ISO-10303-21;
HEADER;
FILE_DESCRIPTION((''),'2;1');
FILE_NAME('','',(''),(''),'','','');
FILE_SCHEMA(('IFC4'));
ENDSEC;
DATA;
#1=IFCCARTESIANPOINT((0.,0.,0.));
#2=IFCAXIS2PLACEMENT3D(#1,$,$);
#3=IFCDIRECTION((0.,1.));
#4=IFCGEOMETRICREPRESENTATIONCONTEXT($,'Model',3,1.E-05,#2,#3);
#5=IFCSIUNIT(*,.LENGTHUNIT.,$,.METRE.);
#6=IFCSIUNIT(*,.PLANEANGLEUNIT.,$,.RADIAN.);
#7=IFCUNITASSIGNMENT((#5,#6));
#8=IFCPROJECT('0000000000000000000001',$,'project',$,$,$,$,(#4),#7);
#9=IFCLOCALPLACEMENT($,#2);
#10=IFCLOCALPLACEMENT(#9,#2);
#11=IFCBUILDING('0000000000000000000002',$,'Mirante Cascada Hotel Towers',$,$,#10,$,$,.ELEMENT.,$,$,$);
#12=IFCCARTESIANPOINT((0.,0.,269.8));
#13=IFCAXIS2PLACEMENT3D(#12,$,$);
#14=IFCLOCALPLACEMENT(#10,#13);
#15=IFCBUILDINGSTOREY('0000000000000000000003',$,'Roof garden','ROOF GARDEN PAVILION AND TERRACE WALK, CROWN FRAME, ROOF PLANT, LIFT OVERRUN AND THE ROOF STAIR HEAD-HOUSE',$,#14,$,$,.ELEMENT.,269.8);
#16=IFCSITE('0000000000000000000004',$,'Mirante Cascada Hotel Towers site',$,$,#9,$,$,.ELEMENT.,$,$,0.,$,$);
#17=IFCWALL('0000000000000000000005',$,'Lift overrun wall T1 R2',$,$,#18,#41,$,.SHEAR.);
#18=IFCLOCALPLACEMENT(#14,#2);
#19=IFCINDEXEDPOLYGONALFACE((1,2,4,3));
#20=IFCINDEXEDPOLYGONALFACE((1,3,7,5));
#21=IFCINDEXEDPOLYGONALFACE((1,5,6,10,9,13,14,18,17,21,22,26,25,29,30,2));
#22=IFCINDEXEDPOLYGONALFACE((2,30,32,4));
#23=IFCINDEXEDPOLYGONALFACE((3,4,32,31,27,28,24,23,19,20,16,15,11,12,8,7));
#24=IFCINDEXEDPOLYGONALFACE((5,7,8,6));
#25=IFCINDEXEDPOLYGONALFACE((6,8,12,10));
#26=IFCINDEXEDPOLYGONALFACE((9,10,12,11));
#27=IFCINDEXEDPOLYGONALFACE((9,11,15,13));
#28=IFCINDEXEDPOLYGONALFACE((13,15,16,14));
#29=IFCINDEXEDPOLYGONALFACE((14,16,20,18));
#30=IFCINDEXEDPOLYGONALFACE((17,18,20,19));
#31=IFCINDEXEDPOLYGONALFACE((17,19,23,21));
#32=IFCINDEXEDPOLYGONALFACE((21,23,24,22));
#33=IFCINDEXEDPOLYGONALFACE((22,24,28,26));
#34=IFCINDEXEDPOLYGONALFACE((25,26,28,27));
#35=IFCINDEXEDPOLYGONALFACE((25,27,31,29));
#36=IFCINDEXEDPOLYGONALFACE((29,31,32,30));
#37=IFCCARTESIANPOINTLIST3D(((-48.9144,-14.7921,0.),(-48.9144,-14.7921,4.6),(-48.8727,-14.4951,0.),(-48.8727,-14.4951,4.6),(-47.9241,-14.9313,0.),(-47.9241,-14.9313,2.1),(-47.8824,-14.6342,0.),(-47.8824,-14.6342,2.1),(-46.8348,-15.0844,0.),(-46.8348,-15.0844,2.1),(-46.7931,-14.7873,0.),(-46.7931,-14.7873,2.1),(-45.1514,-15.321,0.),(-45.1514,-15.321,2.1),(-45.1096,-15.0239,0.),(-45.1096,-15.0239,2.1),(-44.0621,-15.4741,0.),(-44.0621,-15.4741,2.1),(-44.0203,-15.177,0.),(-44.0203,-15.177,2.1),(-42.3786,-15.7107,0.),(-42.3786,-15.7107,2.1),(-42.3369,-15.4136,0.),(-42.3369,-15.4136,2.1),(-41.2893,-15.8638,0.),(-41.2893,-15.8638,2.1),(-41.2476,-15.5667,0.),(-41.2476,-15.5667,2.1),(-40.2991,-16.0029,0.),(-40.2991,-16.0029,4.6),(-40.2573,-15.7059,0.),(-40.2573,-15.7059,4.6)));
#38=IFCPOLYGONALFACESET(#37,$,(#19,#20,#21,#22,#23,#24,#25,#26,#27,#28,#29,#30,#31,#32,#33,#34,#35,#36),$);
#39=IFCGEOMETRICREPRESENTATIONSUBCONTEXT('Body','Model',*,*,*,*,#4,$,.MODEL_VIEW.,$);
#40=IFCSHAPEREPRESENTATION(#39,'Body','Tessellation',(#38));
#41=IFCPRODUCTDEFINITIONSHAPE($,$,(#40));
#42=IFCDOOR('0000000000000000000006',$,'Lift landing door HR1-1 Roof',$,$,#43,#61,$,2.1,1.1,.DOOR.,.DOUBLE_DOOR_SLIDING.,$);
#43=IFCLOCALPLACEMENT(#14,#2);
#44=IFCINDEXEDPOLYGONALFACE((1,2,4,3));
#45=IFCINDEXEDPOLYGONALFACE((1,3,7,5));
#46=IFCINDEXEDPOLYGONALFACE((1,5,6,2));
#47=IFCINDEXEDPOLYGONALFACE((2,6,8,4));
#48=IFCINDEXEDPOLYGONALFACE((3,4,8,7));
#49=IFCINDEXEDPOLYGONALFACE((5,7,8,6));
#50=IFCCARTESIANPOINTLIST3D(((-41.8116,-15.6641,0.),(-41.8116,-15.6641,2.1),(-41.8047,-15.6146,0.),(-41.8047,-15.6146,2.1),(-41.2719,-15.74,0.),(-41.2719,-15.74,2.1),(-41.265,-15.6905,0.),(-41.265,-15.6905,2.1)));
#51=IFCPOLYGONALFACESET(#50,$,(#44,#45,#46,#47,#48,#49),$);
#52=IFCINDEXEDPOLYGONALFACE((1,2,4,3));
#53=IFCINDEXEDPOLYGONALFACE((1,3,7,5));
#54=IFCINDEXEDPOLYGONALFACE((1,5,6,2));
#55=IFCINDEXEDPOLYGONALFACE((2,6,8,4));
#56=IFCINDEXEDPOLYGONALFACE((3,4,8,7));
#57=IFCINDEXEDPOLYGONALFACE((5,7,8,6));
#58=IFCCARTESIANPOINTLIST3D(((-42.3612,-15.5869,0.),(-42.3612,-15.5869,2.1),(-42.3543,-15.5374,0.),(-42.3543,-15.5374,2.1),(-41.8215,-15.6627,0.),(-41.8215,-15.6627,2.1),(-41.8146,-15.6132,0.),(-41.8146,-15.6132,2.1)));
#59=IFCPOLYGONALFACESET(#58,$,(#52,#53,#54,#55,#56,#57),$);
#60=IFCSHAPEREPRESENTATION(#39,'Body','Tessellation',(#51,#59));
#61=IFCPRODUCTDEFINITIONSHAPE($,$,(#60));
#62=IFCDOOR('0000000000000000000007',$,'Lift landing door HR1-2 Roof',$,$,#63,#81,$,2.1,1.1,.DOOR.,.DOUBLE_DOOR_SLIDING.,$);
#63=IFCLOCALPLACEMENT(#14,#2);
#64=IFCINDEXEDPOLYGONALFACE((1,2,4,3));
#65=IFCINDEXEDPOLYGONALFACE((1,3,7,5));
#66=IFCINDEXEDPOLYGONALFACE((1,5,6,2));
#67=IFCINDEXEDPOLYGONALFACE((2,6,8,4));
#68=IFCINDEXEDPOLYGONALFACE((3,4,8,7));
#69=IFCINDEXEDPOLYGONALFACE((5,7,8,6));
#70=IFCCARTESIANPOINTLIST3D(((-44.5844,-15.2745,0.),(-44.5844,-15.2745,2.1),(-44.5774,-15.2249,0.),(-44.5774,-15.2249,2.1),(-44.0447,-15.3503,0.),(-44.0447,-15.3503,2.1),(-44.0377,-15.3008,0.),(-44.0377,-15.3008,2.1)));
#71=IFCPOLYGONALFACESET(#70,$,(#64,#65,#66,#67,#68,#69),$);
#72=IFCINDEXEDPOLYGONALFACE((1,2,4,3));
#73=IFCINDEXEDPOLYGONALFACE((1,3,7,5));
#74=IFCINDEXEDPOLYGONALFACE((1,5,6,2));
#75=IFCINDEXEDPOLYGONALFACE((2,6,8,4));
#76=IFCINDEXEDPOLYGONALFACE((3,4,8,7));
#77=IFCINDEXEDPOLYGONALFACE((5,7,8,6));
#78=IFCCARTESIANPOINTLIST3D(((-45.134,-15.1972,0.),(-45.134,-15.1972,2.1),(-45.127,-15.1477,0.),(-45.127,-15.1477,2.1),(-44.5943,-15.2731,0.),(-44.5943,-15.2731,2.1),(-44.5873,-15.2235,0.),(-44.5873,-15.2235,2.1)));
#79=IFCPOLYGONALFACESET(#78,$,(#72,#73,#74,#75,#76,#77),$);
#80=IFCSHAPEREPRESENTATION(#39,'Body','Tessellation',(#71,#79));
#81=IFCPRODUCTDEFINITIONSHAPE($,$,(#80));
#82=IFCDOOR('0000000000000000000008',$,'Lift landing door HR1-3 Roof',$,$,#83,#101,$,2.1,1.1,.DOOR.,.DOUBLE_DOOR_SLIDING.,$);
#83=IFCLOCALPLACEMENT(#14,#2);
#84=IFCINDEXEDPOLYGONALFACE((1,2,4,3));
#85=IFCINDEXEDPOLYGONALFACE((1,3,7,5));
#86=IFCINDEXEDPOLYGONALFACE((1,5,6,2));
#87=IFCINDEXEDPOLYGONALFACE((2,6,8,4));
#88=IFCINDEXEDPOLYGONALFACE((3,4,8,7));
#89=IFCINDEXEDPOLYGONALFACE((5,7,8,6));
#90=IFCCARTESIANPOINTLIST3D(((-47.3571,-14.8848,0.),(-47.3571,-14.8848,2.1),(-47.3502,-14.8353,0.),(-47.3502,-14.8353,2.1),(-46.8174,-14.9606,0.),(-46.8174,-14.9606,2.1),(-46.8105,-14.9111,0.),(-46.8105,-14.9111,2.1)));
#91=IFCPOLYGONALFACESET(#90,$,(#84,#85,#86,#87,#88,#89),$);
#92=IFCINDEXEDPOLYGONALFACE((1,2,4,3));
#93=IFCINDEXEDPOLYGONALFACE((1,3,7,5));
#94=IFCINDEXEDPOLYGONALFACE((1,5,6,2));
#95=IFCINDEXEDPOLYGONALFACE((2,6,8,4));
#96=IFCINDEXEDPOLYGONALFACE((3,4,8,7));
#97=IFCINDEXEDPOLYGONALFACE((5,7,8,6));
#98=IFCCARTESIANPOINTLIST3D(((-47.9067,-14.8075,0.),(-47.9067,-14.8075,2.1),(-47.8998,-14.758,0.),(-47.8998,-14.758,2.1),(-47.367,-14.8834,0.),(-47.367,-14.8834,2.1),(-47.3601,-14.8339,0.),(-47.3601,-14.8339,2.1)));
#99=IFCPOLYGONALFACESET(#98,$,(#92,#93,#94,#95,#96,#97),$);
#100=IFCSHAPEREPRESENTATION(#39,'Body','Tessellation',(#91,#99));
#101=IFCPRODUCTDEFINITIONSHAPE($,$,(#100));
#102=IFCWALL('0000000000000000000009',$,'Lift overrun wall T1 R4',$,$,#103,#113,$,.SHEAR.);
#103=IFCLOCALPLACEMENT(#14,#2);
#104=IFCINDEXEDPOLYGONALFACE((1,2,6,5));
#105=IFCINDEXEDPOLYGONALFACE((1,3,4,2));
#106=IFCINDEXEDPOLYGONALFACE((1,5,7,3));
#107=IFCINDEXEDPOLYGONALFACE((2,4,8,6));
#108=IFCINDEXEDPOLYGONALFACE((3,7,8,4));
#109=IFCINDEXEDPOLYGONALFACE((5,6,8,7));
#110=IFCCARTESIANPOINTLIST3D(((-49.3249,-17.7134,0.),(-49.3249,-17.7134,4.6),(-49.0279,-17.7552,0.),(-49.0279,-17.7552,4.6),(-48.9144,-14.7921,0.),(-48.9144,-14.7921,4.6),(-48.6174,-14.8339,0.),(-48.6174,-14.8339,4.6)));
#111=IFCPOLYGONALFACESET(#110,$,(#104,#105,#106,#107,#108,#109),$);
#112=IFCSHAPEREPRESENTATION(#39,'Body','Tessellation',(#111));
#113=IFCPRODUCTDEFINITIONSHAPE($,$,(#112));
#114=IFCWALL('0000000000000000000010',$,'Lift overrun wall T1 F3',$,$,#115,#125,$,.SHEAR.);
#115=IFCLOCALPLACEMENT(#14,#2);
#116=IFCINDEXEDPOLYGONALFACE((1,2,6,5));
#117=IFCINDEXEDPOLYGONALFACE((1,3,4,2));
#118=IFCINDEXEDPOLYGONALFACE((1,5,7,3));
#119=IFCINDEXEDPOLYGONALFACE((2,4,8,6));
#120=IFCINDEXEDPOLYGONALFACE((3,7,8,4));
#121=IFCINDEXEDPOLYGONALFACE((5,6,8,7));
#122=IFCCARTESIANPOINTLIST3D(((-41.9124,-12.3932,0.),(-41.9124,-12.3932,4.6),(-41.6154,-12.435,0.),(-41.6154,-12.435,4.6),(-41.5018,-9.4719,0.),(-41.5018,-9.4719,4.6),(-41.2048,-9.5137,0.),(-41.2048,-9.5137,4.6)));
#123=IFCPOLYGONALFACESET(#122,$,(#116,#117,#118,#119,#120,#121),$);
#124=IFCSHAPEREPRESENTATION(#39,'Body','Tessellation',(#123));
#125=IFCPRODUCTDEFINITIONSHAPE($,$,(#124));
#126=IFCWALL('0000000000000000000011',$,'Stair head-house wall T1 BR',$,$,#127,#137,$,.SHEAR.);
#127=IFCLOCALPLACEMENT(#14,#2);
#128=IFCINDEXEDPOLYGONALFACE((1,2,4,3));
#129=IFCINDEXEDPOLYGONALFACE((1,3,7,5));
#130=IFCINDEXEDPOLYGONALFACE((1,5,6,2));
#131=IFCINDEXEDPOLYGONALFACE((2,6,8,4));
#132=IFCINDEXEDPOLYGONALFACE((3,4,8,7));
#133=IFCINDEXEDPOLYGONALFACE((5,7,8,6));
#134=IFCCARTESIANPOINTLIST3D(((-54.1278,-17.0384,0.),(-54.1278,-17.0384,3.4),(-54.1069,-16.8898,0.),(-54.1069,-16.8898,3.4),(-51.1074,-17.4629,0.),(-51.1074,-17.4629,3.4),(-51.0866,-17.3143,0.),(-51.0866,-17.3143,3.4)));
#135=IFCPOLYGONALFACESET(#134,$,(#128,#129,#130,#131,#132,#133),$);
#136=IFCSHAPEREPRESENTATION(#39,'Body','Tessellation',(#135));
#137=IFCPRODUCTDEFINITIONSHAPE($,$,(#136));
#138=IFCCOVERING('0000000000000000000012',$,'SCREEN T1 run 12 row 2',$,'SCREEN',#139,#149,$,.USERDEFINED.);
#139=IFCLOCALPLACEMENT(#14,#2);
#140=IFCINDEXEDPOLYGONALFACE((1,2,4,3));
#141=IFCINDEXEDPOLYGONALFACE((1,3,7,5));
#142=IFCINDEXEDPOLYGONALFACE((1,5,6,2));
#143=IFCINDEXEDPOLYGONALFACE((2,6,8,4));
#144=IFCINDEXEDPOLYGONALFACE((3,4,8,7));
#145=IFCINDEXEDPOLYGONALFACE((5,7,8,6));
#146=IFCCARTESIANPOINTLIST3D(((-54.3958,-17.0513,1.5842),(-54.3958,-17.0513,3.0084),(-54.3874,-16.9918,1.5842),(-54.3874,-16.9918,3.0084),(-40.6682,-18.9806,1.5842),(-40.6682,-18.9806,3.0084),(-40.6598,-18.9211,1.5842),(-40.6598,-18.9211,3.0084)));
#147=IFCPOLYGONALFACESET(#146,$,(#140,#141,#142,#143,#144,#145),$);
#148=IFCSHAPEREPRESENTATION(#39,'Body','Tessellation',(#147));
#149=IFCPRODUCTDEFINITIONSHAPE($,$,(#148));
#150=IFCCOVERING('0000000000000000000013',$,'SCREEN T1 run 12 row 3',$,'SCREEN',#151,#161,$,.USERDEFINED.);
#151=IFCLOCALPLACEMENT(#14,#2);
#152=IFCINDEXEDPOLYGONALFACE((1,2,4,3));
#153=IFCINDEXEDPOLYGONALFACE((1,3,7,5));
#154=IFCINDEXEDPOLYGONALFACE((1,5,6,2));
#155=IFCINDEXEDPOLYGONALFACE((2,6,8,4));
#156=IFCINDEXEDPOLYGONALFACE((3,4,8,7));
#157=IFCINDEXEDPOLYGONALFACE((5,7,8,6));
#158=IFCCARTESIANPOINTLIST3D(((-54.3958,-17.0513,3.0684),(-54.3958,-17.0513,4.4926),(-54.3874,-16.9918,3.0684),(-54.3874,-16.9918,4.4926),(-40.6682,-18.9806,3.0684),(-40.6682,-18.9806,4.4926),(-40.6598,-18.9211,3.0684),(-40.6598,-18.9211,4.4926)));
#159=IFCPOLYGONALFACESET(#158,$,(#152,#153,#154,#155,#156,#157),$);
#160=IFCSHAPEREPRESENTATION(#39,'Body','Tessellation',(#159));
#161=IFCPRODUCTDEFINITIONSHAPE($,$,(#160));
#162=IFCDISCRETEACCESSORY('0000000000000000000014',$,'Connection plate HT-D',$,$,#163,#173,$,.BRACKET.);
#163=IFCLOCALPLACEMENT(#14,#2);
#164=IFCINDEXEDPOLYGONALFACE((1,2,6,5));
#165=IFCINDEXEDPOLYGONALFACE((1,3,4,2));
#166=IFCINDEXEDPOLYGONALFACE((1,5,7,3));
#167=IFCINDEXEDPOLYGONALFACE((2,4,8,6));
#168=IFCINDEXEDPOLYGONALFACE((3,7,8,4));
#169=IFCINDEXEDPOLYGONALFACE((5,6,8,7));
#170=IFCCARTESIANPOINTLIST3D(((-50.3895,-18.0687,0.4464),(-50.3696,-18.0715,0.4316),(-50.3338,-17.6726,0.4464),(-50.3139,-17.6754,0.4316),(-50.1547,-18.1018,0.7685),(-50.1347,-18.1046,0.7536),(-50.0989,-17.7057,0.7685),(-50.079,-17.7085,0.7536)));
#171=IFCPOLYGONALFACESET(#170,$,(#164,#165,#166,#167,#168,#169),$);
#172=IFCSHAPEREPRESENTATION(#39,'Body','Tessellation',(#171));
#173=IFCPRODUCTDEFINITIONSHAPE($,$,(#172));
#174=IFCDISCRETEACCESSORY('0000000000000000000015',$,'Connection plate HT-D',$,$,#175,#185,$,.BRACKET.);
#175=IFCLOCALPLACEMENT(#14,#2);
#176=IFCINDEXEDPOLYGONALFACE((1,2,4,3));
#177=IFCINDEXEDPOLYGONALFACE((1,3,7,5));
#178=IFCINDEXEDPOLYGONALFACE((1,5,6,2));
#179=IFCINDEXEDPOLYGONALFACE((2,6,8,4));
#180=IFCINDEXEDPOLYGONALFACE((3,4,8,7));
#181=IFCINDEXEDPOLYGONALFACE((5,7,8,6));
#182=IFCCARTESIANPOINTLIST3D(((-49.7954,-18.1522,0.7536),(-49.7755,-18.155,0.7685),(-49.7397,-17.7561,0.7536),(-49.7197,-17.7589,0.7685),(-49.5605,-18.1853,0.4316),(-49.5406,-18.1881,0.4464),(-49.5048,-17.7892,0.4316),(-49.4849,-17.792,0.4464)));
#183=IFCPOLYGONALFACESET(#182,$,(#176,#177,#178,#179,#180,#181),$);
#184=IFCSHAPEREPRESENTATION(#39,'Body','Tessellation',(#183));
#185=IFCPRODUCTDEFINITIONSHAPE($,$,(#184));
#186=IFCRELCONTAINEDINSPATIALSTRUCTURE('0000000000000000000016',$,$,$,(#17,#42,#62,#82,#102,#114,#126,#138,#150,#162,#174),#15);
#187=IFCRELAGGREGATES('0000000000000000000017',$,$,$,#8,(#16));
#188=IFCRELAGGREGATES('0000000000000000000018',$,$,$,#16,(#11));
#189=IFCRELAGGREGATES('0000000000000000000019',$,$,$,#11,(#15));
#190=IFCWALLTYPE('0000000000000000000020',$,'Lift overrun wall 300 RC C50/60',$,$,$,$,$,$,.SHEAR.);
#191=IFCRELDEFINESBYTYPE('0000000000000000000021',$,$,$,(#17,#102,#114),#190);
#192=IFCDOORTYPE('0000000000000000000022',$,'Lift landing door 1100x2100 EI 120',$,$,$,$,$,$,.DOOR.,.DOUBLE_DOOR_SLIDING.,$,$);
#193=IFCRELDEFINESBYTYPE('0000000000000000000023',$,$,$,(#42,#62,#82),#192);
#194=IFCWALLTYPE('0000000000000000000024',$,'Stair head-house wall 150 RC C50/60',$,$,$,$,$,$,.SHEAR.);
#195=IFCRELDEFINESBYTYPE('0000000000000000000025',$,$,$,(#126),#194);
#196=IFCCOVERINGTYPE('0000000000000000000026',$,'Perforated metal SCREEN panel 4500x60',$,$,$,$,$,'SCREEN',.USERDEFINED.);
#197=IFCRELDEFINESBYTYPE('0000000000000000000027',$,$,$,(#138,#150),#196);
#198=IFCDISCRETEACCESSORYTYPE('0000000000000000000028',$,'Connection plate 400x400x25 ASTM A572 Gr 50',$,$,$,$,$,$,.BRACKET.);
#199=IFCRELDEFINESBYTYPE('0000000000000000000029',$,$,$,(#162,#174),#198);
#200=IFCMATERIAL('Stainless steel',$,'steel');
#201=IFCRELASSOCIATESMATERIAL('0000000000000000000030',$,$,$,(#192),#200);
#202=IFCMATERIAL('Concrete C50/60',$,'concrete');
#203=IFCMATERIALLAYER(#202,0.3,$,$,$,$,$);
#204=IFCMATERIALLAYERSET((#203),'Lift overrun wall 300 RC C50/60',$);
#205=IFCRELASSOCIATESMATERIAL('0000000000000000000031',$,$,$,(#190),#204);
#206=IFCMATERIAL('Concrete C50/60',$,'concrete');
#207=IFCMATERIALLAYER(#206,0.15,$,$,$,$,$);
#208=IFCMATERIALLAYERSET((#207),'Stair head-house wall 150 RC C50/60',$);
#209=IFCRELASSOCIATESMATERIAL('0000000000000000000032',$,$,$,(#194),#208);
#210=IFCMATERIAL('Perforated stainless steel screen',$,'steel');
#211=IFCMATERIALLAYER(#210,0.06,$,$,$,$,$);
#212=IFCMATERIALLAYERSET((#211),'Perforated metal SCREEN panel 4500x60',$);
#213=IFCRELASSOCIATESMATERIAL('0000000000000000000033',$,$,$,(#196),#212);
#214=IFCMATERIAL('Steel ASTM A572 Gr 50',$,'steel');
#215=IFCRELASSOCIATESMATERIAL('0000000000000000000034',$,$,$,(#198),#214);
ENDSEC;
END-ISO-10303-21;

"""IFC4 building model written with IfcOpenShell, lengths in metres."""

from ifc_helpers import new_model, si_unit, direction, frame, frame_2d, origin, origin_2d, place, context, subcontext, project, spatial, rectangle, extrude, material, layer, layer_set, material_profile, profile_set, type_object, element, fill, save


model = new_model("IFC4")

# Units and contexts
model_context = context("Model", 3, precision=1e-05, world=origin(), true_north=direction((0.0, 1.0)))
body_context = subcontext(model_context, "Body", "Model", "MODEL_VIEW")
ifc_project = project(units=[si_unit("LENGTHUNIT", "METRE"), si_unit("PLANEANGLEUNIT", "RADIAN")], contexts=[model_context])

# Site, building, storey
site_placement = place(None, origin())
site = spatial("IfcSite", under=ifc_project, at=site_placement, Name="Mirante Cascada Hotel Towers site", CompositionType="ELEMENT", RefElevation=0.0)
building_placement = place(site_placement, origin())
building = spatial("IfcBuilding", under=site, at=building_placement, Name="Mirante Cascada Hotel Towers", CompositionType="ELEMENT")
storey_placement = place(building_placement, frame((0.0, 0.0, 269.8)))
storey = spatial("IfcBuildingStorey", under=building, at=storey_placement, Name="Roof garden", Description="ROOF GARDEN PAVILION AND TERRACE WALK, CROWN FRAME, ROOF PLANT, LIFT OVERRUN AND THE ROOF STAIR HEAD-HOUSE", CompositionType="ELEMENT", Elevation=269.8)

# Shared definitions
ifc_material_1 = material(Name="Stainless steel", Category="steel")
door_type = type_object("IfcDoorType", Name="Lift landing door 1100x2100 EI 120", OperationType="DOUBLE_DOOR_SLIDING", PredefinedType="DOOR", material=ifc_material_1)

# Wall, openings, doors
ifc_material_2 = material(Name="Concrete C50/60", Category="concrete")
ifc_layer_1 = layer(ifc_material_2, 0.3)
ifc_layer_set_1 = layer_set([ifc_layer_1], Name="Lift overrun wall 300 RC C50/60")
wall_type_1 = type_object("IfcWallType", Name="Lift overrun wall 300 RC C50/60", PredefinedType="SHEAR", material=ifc_layer_set_1)
wall_1_placement = place(storey_placement, frame((-40.2782, -15.8544, 0.0), z_axis=(0.0, 0.0, 1.0), x_axis=(-0.990268, 0.139173, 0.0)))
wall_1 = element("IfcWall", 1, at=wall_1_placement, inside=storey, type_object=wall_type_1, Name="Lift overrun wall T1 R2", PredefinedType="SHEAR", context=body_context, shape_type="SweptSolid", body=[
    extrude(rectangle(XDim=8.7, YDim=0.3, at=frame_2d((4.35, 0.0))), origin(), (0.0, 0.0, 1.0), 4.6),
])
opening_1_placement = place(wall_1_placement, frame((1.0, 0.0, 0.0)))
opening_1 = element("IfcOpeningElement", 2, at=opening_1_placement, cuts=wall_1, PredefinedType="OPENING", context=body_context, shape_type="SweptSolid", body=[
    extrude(rectangle(XDim=1.1, YDim=2.1, at=frame_2d((0.55, 1.05))), frame((0.0, 0.15, 0.0), z_axis=(0.0, -1.0, 0.0), x_axis=(1.0, 0.0, 0.0)), (0.0, 0.0, 1.0), 0.3),
])
opening_2_placement = place(wall_1_placement, frame((3.8, 0.0, 0.0)))
opening_2 = element("IfcOpeningElement", 3, at=opening_2_placement, cuts=wall_1, PredefinedType="OPENING", context=body_context, shape_type="SweptSolid", body=[
    extrude(rectangle(XDim=1.1, YDim=2.1, at=frame_2d((0.55, 1.05))), frame((0.0, 0.15, 0.0), z_axis=(0.0, -1.0, 0.0), x_axis=(1.0, 0.0, 0.0)), (0.0, 0.0, 1.0), 0.3),
])
opening_3_placement = place(wall_1_placement, frame((6.6, 0.0, 0.0)))
opening_3 = element("IfcOpeningElement", 4, at=opening_3_placement, cuts=wall_1, PredefinedType="OPENING", context=body_context, shape_type="SweptSolid", body=[
    extrude(rectangle(XDim=1.1, YDim=2.1, at=frame_2d((0.55, 1.05))), frame((0.0, 0.15, 0.0), z_axis=(0.0, -1.0, 0.0), x_axis=(1.0, 0.0, 0.0)), (0.0, 0.0, 1.0), 0.3),
])
door_1_placement = place(opening_1_placement, origin())
door_1 = element("IfcDoor", 5, at=door_1_placement, inside=storey, type_object=door_type, Name="Lift landing door HR1-1 Roof", OperationType="DOUBLE_DOOR_SLIDING", OverallHeight=2.1, OverallWidth=1.1, PredefinedType="DOOR", context=body_context, shape_type="SweptSolid", body=[
    extrude(rectangle(XDim=0.545, YDim=2.1, at=frame_2d((0.2725, 1.05))), frame((0.0, 0.025, 0.0), z_axis=(0.0, -1.0, 0.0), x_axis=(1.0, 0.0, 0.0)), (0.0, 0.0, 1.0), 0.05),
    extrude(rectangle(XDim=0.545, YDim=2.1, at=frame_2d((0.8275, 1.05))), frame((0.0, 0.025, 0.0), z_axis=(0.0, -1.0, 0.0), x_axis=(1.0, 0.0, 0.0)), (0.0, 0.0, 1.0), 0.05),
])
fill(opening_1, door_1)
door_2_placement = place(opening_2_placement, origin())
door_2 = element("IfcDoor", 6, at=door_2_placement, inside=storey, type_object=door_type, Name="Lift landing door HR1-2 Roof", OperationType="DOUBLE_DOOR_SLIDING", OverallHeight=2.1, OverallWidth=1.1, PredefinedType="DOOR", context=body_context, shape_type="SweptSolid", body=[
    extrude(rectangle(XDim=0.545, YDim=2.1, at=frame_2d((0.2725, 1.05))), frame((0.0, 0.025, 0.0), z_axis=(0.0, -1.0, 0.0), x_axis=(1.0, 0.0, 0.0)), (0.0, 0.0, 1.0), 0.05),
    extrude(rectangle(XDim=0.545, YDim=2.1, at=frame_2d((0.8275, 1.05))), frame((0.0, 0.025, 0.0), z_axis=(0.0, -1.0, 0.0), x_axis=(1.0, 0.0, 0.0)), (0.0, 0.0, 1.0), 0.05),
])
fill(opening_2, door_2)
door_3_placement = place(opening_3_placement, origin())
door_3 = element("IfcDoor", 7, at=door_3_placement, inside=storey, type_object=door_type, Name="Lift landing door HR1-3 Roof", OperationType="DOUBLE_DOOR_SLIDING", OverallHeight=2.1, OverallWidth=1.1, PredefinedType="DOOR", context=body_context, shape_type="SweptSolid", body=[
    extrude(rectangle(XDim=0.545, YDim=2.1, at=frame_2d((0.2725, 1.05))), frame((0.0, 0.025, 0.0), z_axis=(0.0, -1.0, 0.0), x_axis=(1.0, 0.0, 0.0)), (0.0, 0.0, 1.0), 0.05),
    extrude(rectangle(XDim=0.545, YDim=2.1, at=frame_2d((0.8275, 1.05))), frame((0.0, 0.025, 0.0), z_axis=(0.0, -1.0, 0.0), x_axis=(1.0, 0.0, 0.0)), (0.0, 0.0, 1.0), 0.05),
])
fill(opening_3, door_3)

# Walls
for number, where, z_axis, x_axis, name in (
    (8, (-49.1764, -17.7343, 0.0), (0.0, 0.0, 1.0), (0.139153, 0.990271, 0.0), "Lift overrun wall T1 R4"),
    (9, (-41.7639, -12.4141, 0.0), (0.0, 0.0, 1.0), (0.139186, 0.990266, 0.0), "Lift overrun wall T1 F3"),
):
    element("IfcWall", number, at=place(storey_placement, frame(where, z_axis=z_axis, x_axis=x_axis)), inside=storey, type_object=wall_type_1, Name=name, PredefinedType="SHEAR", context=body_context, shape_type="SweptSolid", body=[
        extrude(rectangle(XDim=2.95, YDim=0.3, at=frame_2d((1.475, 0.0))), origin(), (0.0, 0.0, 1.0), 4.6),
    ])
ifc_material_3 = material(Name="Concrete C50/60", Category="concrete")
ifc_layer_2 = layer(ifc_material_3, 0.15)
ifc_layer_set_2 = layer_set([ifc_layer_2], Name="Stair head-house wall 150 RC C50/60")
wall_type_2 = type_object("IfcWallType", Name="Stair head-house wall 150 RC C50/60", PredefinedType="SHEAR", material=ifc_layer_set_2)
wall_2_placement = place(storey_placement, frame((-51.097, -17.3886, 0.0), z_axis=(0.0, 0.0, 1.0), x_axis=(-0.990267, 0.139181, 0.0)))
element("IfcWall", 10, at=wall_2_placement, inside=storey, type_object=wall_type_2, Name="Stair head-house wall T1 BR", PredefinedType="SHEAR", context=body_context, shape_type="SweptSolid", body=[
    extrude(rectangle(XDim=3.05, YDim=0.15, at=frame_2d((1.525, 0.0))), origin(), (0.0, 0.0, 1.0), 3.4),
])

# Coverings
ifc_material_4 = material(Name="Perforated stainless steel screen", Category="steel")
ifc_layer_3 = layer(ifc_material_4, 0.06)
ifc_layer_set_3 = layer_set([ifc_layer_3], Name="Perforated metal SCREEN panel 4500x60")
covering_type = type_object("IfcCoveringType", Name="Perforated metal SCREEN panel 4500x60", ElementType="SCREEN", PredefinedType="USERDEFINED", material=ifc_layer_set_3)
for number, where, z_axis, x_axis, name in (
    (11, (-47.5278, -17.9862, 1.5842), (0.0, 0.0, 1.0), (0.990268, -0.139173, 0.0), "SCREEN T1 run 12 row 2"),
    (12, (-47.5278, -17.9862, 3.0684), (0.0, 0.0, 1.0), (0.990268, -0.139173, 0.0), "SCREEN T1 run 12 row 3"),
):
    element("IfcCovering", number, at=place(storey_placement, frame(where, z_axis=z_axis, x_axis=x_axis)), inside=storey, type_object=covering_type, Name=name, ObjectType="SCREEN", PredefinedType="USERDEFINED", context=body_context, shape_type="SweptSolid", body=[
        extrude(rectangle(XDim=13.8625, YDim=0.06, at=origin_2d()), origin(), (0.0, 0.0, 1.0), 1.4242),
    ])

# Discrete accessories
ifc_material_5 = material(Name="Steel ASTM A572 Gr 50", Category="steel")
ifc_material_profile_1 = material_profile(ifc_material_5, rectangle(XDim=0.4, YDim=0.4, at=origin_2d()), Name="Connection plate 400x400x25 ASTM A572 Gr 50")
ifc_profile_set_1 = profile_set([ifc_material_profile_1], Name="Steel ASTM A572 Gr 50")
discrete_accessory_type = type_object("IfcDiscreteAccessoryType", Name="Connection plate 400x400x25 ASTM A572 Gr 50", PredefinedType="BRACKET", material=ifc_profile_set_1)
for number, where, z_axis, x_axis, name in (
    (13, (-50.2243, -17.89, 0.5926), (-0.797347, 0.112189, 0.593002), (-0.139331, -0.990246, 0.0), "Connection plate HT-D"),
    (14, (-49.6501, -17.9707, 0.5926), (0.797347, -0.112189, 0.593002), (0.139331, 0.990246, 0.0), "Connection plate HT-D"),
):
    element("IfcDiscreteAccessory", number, at=place(storey_placement, frame(where, z_axis=z_axis, x_axis=x_axis)), inside=storey, type_object=discrete_accessory_type, Name=name, PredefinedType="BRACKET", context=body_context, shape_type="SweptSolid", body=[
        extrude(rectangle(XDim=0.4, YDim=0.4, at=origin_2d()), origin(), (0.0, 0.0, 1.0), 0.025),
    ])

save(model, "model.ifc")
